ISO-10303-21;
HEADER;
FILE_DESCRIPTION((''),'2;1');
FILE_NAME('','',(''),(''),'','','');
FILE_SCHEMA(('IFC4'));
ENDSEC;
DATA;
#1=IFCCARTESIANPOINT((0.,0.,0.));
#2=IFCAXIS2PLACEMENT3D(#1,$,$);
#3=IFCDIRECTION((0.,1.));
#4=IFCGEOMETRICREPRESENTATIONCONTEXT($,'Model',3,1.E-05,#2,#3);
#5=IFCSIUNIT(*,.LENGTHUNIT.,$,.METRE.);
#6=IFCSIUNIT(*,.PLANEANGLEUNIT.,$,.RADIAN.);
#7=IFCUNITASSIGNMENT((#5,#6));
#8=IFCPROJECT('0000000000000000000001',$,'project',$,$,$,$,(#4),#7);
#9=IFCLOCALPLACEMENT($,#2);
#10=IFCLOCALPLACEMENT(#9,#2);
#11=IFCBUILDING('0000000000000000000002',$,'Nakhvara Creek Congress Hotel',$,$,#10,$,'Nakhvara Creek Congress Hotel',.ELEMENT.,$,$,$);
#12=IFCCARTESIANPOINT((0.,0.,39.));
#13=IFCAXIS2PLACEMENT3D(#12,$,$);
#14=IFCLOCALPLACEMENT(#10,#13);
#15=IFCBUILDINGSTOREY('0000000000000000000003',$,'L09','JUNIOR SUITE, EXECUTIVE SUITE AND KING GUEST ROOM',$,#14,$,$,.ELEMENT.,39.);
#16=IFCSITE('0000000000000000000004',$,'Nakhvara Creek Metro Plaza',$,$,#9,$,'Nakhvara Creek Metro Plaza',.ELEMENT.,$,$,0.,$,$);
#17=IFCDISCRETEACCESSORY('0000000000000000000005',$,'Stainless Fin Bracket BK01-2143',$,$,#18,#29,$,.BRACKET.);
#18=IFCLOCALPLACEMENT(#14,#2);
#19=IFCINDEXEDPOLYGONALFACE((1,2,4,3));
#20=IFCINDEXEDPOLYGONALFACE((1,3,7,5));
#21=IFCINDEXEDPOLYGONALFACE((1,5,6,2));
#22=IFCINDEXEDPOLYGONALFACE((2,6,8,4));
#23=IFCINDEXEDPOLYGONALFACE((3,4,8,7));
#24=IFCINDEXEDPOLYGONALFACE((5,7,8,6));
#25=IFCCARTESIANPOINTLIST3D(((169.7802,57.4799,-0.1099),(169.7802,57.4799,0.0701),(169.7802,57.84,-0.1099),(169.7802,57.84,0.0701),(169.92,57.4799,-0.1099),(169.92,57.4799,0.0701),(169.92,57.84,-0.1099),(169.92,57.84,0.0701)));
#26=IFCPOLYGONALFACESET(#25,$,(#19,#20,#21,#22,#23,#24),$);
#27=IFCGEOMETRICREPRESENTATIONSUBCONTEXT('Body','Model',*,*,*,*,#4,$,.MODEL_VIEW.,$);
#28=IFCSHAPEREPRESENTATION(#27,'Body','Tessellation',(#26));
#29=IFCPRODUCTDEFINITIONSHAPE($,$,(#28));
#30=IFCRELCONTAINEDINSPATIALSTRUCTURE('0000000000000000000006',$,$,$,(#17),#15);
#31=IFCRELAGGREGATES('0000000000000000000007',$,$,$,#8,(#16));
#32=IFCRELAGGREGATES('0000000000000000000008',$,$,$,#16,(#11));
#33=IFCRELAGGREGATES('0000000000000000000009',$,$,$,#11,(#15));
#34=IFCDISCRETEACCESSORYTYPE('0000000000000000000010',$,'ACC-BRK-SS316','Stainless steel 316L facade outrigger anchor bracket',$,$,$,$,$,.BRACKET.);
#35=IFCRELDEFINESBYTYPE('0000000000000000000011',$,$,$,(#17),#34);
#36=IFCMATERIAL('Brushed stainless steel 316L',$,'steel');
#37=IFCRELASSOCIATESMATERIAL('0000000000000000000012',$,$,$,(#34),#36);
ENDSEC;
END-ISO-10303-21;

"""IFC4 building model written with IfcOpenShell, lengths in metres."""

from ifc_helpers import new_model, si_unit, direction, frame, origin, origin_2d, place, context, subcontext, project, spatial, rectangle, extrude, material, type_object, element, save


model = new_model("IFC4")

# Units and contexts
model_context = context("Model", 3, precision=1e-05, world=origin(), true_north=direction((0.0, 1.0)))
body_context = subcontext(model_context, "Body", "Model", "MODEL_VIEW")
ifc_project = project(units=[si_unit("LENGTHUNIT", "METRE"), si_unit("PLANEANGLEUNIT", "RADIAN")], contexts=[model_context])

# Site, building, storey
site_placement = place(None, origin())
site = spatial("IfcSite", under=ifc_project, at=site_placement, Name="Nakhvara Creek Metro Plaza", LongName="Nakhvara Creek Metro Plaza", CompositionType="ELEMENT", RefElevation=0.0)
building_placement = place(site_placement, origin())
building = spatial("IfcBuilding", under=site, at=building_placement, Name="Nakhvara Creek Congress Hotel", LongName="Nakhvara Creek Congress Hotel", CompositionType="ELEMENT")
storey_placement = place(building_placement, frame((0.0, 0.0, 39.0)))
storey = spatial("IfcBuildingStorey", under=building, at=storey_placement, Name="L09", Description="JUNIOR SUITE, EXECUTIVE SUITE AND KING GUEST ROOM", CompositionType="ELEMENT", Elevation=39.0)

# Discrete accessory
ifc_material_1 = material(Name="Brushed stainless steel 316L", Category="steel")
discrete_accessory_type = type_object("IfcDiscreteAccessoryType", Name="ACC-BRK-SS316", Description="Stainless steel 316L facade outrigger anchor bracket", PredefinedType="BRACKET", material=ifc_material_1)
for number, where, z_axis, x_axis, name in (
    (1, (169.8501, 57.6599, -0.1099), (0.0, 0.0, 1.0), (1.0, 0.0, 0.0), "Stainless Fin Bracket BK01-2143"),
):
    element("IfcDiscreteAccessory", number, at=place(storey_placement, frame(where, z_axis=z_axis, x_axis=x_axis)), inside=storey, type_object=discrete_accessory_type, Name=name, PredefinedType="BRACKET", context=body_context, shape_type="SweptSolid", body=[
        extrude(rectangle(XDim=0.1399, YDim=0.3601, at=origin_2d()), origin(), (0.0, 0.0, 1.0), 0.1799),
    ])

save(model, "model.ifc")
